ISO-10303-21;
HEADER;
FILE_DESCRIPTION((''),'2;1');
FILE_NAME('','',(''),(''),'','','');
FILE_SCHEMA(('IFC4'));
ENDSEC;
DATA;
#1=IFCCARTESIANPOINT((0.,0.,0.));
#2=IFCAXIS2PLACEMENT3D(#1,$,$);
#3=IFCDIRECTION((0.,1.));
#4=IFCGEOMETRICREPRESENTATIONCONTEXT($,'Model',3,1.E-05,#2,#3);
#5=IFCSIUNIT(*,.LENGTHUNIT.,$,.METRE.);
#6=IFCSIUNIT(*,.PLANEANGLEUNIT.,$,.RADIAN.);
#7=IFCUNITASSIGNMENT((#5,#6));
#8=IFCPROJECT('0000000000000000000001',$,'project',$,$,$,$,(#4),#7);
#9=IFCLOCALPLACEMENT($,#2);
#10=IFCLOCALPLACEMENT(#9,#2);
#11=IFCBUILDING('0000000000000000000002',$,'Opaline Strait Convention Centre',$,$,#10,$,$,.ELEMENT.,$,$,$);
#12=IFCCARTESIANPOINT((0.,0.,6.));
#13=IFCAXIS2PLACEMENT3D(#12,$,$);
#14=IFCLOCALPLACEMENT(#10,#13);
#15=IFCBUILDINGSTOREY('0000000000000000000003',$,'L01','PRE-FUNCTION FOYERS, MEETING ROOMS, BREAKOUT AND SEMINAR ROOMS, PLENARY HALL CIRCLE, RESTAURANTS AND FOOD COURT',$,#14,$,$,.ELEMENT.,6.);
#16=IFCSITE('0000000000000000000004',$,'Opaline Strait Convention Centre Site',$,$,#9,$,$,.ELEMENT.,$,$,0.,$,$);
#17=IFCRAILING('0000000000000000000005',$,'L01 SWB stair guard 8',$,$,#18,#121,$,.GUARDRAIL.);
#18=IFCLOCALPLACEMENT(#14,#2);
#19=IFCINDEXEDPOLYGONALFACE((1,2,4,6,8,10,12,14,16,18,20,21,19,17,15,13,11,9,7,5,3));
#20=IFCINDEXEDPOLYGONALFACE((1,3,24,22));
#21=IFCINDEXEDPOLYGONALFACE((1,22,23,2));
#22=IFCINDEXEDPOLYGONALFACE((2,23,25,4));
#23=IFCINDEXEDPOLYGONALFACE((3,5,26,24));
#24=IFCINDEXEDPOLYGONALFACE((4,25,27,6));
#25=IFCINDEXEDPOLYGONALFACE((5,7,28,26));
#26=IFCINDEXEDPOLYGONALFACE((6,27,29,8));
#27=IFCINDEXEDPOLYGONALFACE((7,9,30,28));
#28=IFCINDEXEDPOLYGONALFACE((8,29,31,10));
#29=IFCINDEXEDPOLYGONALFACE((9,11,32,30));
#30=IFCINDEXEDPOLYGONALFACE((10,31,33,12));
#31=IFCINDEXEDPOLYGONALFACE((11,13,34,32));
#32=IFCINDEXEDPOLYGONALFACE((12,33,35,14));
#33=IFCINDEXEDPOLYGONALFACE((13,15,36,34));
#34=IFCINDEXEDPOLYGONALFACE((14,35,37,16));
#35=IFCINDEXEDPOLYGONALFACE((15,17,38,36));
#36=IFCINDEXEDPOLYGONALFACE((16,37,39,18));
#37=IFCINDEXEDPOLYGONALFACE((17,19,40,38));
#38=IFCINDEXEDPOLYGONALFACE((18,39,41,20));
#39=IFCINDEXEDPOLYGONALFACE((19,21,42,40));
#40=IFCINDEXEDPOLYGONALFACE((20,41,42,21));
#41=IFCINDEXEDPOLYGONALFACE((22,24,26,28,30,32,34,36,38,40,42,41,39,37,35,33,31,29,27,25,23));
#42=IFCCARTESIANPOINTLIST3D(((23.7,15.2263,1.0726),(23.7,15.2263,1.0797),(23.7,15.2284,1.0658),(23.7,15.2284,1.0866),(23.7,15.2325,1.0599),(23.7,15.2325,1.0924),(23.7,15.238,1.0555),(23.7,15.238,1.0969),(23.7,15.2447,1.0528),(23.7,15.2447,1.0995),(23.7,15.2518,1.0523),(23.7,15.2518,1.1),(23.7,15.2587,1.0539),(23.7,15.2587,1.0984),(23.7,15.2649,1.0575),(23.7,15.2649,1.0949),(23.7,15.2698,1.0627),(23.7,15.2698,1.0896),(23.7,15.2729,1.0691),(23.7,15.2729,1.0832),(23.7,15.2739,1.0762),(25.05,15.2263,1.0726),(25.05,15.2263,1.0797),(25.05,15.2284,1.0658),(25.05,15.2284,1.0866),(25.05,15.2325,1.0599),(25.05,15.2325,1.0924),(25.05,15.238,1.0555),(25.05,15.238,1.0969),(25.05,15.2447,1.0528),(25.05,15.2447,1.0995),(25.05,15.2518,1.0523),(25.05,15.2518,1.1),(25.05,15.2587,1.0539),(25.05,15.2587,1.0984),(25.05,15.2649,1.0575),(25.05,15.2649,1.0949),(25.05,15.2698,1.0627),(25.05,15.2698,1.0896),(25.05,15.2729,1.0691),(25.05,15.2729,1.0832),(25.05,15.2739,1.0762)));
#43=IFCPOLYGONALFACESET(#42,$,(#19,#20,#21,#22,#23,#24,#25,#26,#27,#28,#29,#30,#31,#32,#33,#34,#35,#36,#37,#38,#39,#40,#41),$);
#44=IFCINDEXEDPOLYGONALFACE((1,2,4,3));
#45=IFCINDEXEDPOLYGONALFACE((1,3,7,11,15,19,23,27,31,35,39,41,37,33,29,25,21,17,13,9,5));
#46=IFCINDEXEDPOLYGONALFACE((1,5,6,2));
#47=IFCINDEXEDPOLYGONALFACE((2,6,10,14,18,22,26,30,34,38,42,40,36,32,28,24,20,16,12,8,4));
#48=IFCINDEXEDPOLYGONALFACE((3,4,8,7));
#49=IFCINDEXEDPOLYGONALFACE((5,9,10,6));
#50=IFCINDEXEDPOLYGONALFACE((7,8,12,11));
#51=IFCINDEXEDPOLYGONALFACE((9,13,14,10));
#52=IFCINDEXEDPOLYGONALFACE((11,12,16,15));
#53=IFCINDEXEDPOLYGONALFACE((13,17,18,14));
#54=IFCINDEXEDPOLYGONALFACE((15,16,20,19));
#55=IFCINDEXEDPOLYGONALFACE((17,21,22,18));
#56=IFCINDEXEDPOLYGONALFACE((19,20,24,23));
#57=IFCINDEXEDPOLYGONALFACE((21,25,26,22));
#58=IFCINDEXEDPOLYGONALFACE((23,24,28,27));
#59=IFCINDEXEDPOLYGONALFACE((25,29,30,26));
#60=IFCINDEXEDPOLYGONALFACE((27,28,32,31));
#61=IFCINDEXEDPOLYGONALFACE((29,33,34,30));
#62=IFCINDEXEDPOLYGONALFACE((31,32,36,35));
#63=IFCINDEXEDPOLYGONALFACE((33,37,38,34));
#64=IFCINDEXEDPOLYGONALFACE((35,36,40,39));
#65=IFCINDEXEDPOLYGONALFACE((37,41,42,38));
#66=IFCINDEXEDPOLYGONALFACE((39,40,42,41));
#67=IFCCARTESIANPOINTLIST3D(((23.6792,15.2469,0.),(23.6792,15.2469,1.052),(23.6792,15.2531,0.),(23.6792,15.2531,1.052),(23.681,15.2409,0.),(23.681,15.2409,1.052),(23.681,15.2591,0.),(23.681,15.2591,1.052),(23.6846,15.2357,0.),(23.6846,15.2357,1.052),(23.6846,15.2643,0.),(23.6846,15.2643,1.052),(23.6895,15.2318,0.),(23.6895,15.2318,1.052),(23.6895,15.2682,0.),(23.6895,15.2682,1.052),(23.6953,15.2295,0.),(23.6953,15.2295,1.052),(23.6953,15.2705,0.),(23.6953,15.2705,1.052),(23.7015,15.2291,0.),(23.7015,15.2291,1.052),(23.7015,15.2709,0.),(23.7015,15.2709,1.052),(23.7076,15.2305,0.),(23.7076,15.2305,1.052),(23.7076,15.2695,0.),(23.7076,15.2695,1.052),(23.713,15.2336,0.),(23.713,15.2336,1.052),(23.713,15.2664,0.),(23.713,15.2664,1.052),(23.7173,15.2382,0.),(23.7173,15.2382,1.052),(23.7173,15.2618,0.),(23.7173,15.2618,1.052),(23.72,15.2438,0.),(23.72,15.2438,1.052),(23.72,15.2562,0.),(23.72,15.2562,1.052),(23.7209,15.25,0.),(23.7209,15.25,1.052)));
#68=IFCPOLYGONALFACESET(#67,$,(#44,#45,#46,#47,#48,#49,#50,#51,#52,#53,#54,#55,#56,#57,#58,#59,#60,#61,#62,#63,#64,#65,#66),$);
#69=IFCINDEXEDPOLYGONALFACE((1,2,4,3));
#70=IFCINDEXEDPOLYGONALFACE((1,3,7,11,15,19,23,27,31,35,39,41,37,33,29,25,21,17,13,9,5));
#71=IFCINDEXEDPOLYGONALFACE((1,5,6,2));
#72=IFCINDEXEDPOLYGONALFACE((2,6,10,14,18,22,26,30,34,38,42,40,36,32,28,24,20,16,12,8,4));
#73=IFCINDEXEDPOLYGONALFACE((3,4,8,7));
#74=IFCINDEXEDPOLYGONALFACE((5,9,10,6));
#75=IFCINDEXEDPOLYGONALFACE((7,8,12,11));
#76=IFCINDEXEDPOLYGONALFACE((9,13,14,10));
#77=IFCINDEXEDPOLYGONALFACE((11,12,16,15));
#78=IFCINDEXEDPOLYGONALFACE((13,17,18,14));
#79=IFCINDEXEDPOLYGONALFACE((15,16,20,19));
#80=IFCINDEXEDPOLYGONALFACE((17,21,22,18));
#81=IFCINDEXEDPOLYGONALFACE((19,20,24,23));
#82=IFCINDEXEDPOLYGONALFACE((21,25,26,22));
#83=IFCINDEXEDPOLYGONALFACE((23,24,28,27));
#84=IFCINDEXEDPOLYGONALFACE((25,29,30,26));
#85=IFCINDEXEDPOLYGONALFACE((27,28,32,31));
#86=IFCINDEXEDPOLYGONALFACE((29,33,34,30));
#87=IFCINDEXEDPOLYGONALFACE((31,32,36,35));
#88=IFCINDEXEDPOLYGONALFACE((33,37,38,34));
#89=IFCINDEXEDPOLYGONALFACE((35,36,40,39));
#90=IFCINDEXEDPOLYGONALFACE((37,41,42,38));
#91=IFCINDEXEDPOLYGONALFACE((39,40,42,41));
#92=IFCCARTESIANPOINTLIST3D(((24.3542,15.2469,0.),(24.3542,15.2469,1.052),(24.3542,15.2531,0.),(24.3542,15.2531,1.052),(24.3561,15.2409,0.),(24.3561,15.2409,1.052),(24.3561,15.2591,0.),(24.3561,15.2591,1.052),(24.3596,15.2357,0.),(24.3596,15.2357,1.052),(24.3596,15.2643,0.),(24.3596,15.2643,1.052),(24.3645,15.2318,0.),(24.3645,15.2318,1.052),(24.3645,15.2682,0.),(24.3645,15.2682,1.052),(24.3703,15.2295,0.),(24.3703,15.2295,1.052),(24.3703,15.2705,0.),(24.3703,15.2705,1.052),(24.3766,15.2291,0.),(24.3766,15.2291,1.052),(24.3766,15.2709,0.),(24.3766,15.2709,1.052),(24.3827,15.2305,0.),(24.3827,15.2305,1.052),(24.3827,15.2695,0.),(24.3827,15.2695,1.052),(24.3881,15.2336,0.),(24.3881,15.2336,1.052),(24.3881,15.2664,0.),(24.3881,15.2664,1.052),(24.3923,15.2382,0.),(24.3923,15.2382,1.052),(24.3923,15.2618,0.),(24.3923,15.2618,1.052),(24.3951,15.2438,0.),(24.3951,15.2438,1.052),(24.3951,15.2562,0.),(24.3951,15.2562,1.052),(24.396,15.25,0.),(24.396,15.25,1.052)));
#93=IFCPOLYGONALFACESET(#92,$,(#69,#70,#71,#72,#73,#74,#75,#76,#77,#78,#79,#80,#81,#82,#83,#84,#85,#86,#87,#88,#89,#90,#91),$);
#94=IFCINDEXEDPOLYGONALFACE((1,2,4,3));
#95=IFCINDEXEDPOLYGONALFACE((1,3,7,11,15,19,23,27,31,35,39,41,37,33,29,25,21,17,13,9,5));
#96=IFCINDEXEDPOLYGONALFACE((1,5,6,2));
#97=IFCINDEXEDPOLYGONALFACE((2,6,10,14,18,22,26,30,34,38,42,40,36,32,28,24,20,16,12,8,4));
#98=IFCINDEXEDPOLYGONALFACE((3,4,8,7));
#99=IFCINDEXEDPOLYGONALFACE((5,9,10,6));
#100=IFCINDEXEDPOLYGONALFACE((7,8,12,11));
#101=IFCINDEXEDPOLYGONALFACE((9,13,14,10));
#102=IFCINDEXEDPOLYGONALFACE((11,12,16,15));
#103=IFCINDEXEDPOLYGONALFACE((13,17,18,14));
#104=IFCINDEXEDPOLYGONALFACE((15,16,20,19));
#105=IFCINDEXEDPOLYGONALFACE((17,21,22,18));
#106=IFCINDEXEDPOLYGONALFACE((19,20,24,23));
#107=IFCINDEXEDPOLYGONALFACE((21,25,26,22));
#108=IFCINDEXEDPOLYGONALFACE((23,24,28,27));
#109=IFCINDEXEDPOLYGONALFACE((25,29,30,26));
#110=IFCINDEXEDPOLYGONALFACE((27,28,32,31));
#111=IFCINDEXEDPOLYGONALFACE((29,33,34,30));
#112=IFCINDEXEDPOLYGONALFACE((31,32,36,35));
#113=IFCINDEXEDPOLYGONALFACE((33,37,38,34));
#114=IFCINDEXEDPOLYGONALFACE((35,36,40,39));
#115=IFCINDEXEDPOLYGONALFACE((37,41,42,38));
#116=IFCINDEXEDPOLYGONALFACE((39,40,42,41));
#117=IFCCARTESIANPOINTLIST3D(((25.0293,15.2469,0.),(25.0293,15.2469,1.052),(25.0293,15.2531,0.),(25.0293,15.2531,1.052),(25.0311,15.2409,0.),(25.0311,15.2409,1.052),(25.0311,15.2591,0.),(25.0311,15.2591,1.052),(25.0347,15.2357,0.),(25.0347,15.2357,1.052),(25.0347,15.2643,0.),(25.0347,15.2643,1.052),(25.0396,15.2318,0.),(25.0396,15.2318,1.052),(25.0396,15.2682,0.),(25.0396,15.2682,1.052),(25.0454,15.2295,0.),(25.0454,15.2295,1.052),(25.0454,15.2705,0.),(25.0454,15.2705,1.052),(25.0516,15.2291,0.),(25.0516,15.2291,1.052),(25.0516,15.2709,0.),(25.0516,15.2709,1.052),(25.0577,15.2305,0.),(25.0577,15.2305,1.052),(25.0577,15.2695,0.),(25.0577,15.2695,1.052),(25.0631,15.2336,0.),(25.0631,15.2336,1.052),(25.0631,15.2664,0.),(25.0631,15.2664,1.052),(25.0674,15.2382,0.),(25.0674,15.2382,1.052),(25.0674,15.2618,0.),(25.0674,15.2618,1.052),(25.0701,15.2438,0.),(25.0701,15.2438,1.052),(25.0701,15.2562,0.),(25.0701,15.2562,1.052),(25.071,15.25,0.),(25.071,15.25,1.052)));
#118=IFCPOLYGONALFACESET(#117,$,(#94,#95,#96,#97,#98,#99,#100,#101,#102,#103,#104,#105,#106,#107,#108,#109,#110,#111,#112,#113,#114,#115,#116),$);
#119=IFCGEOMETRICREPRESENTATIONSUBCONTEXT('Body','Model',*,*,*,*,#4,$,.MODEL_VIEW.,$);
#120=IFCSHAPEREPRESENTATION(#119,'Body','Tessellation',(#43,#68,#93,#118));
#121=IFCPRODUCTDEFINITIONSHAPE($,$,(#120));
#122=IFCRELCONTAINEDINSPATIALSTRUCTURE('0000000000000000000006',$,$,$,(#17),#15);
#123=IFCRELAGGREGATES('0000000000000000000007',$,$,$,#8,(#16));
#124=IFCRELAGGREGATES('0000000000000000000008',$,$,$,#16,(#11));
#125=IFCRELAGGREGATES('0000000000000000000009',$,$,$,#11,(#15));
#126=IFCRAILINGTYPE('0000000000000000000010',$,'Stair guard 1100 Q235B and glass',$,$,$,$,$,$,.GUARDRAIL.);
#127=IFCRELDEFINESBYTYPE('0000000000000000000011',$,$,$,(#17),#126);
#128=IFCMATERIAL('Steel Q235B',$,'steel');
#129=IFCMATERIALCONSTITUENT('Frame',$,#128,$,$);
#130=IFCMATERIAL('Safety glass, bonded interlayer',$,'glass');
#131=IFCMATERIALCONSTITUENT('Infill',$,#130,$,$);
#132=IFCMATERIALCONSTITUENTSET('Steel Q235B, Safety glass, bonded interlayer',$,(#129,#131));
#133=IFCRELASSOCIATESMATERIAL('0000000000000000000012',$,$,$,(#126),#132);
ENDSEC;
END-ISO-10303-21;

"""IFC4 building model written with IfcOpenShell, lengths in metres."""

from ifc_helpers import new_model, si_unit, direction, frame, origin, origin_2d, place, context, subcontext, project, spatial, circle, extrude, material, constituent, constituent_set, type_object, element, save


model = new_model("IFC4")

# Units and contexts
model_context = context("Model", 3, precision=1e-05, world=origin(), true_north=direction((0.0, 1.0)))
body_context = subcontext(model_context, "Body", "Model", "MODEL_VIEW")
ifc_project = project(units=[si_unit("LENGTHUNIT", "METRE"), si_unit("PLANEANGLEUNIT", "RADIAN")], contexts=[model_context])

# Site, building, storey
site_placement = place(None, origin())
site = spatial("IfcSite", under=ifc_project, at=site_placement, Name="Opaline Strait Convention Centre Site", CompositionType="ELEMENT", RefElevation=0.0)
building_placement = place(site_placement, origin())
building = spatial("IfcBuilding", under=site, at=building_placement, Name="Opaline Strait Convention Centre", CompositionType="ELEMENT")
storey_placement = place(building_placement, frame((0.0, 0.0, 6.0)))
storey = spatial("IfcBuildingStorey", under=building, at=storey_placement, Name="L01", Description="PRE-FUNCTION FOYERS, MEETING ROOMS, BREAKOUT AND SEMINAR ROOMS, PLENARY HALL CIRCLE, RESTAURANTS AND FOOD COURT", CompositionType="ELEMENT", Elevation=6.0)

# Railing
ifc_material_1 = material(Name="Steel Q235B", Category="steel")
ifc_constituent_1 = constituent(ifc_material_1, Name="Frame")
ifc_material_2 = material(Name="Safety glass, bonded interlayer", Category="glass")
ifc_constituent_2 = constituent(ifc_material_2, Name="Infill")
ifc_constituent_set = constituent_set(constituents=[ifc_constituent_1, ifc_constituent_2], Name="Steel Q235B, Safety glass, bonded interlayer")
railing_type_1 = type_object("IfcRailingType", Name="Stair guard 1100 Q235B and glass", PredefinedType="GUARDRAIL", material=ifc_constituent_set)
railing_1_placement = place(storey_placement, frame((23.7, 15.25, 0.0)))
element("IfcRailing", 1, at=railing_1_placement, inside=storey, type_object=railing_type_1, Name="L01 SWB stair guard 8", PredefinedType="GUARDRAIL", context=body_context, shape_type="SweptSolid", body=[
    extrude(circle(Radius=0.0239, at=origin_2d()), frame((0.0, 0.0, 1.0762), z_axis=(1.0, 0.0, 0.0), x_axis=(0.0, 1.0, 0.0)), (0.0, 0.0, 1.0), 1.3501),
    extrude(circle(Radius=0.021, at=origin_2d()), origin(), (0.0, 0.0, 1.0), 1.052),
    extrude(circle(Radius=0.021, at=origin_2d()), frame((0.675, 0.0, 0.0)), (0.0, 0.0, 1.0), 1.052),
    extrude(circle(Radius=0.021, at=origin_2d()), frame((1.3501, 0.0, 0.0)), (0.0, 0.0, 1.0), 1.052),
])

save(model, "model.ifc")
